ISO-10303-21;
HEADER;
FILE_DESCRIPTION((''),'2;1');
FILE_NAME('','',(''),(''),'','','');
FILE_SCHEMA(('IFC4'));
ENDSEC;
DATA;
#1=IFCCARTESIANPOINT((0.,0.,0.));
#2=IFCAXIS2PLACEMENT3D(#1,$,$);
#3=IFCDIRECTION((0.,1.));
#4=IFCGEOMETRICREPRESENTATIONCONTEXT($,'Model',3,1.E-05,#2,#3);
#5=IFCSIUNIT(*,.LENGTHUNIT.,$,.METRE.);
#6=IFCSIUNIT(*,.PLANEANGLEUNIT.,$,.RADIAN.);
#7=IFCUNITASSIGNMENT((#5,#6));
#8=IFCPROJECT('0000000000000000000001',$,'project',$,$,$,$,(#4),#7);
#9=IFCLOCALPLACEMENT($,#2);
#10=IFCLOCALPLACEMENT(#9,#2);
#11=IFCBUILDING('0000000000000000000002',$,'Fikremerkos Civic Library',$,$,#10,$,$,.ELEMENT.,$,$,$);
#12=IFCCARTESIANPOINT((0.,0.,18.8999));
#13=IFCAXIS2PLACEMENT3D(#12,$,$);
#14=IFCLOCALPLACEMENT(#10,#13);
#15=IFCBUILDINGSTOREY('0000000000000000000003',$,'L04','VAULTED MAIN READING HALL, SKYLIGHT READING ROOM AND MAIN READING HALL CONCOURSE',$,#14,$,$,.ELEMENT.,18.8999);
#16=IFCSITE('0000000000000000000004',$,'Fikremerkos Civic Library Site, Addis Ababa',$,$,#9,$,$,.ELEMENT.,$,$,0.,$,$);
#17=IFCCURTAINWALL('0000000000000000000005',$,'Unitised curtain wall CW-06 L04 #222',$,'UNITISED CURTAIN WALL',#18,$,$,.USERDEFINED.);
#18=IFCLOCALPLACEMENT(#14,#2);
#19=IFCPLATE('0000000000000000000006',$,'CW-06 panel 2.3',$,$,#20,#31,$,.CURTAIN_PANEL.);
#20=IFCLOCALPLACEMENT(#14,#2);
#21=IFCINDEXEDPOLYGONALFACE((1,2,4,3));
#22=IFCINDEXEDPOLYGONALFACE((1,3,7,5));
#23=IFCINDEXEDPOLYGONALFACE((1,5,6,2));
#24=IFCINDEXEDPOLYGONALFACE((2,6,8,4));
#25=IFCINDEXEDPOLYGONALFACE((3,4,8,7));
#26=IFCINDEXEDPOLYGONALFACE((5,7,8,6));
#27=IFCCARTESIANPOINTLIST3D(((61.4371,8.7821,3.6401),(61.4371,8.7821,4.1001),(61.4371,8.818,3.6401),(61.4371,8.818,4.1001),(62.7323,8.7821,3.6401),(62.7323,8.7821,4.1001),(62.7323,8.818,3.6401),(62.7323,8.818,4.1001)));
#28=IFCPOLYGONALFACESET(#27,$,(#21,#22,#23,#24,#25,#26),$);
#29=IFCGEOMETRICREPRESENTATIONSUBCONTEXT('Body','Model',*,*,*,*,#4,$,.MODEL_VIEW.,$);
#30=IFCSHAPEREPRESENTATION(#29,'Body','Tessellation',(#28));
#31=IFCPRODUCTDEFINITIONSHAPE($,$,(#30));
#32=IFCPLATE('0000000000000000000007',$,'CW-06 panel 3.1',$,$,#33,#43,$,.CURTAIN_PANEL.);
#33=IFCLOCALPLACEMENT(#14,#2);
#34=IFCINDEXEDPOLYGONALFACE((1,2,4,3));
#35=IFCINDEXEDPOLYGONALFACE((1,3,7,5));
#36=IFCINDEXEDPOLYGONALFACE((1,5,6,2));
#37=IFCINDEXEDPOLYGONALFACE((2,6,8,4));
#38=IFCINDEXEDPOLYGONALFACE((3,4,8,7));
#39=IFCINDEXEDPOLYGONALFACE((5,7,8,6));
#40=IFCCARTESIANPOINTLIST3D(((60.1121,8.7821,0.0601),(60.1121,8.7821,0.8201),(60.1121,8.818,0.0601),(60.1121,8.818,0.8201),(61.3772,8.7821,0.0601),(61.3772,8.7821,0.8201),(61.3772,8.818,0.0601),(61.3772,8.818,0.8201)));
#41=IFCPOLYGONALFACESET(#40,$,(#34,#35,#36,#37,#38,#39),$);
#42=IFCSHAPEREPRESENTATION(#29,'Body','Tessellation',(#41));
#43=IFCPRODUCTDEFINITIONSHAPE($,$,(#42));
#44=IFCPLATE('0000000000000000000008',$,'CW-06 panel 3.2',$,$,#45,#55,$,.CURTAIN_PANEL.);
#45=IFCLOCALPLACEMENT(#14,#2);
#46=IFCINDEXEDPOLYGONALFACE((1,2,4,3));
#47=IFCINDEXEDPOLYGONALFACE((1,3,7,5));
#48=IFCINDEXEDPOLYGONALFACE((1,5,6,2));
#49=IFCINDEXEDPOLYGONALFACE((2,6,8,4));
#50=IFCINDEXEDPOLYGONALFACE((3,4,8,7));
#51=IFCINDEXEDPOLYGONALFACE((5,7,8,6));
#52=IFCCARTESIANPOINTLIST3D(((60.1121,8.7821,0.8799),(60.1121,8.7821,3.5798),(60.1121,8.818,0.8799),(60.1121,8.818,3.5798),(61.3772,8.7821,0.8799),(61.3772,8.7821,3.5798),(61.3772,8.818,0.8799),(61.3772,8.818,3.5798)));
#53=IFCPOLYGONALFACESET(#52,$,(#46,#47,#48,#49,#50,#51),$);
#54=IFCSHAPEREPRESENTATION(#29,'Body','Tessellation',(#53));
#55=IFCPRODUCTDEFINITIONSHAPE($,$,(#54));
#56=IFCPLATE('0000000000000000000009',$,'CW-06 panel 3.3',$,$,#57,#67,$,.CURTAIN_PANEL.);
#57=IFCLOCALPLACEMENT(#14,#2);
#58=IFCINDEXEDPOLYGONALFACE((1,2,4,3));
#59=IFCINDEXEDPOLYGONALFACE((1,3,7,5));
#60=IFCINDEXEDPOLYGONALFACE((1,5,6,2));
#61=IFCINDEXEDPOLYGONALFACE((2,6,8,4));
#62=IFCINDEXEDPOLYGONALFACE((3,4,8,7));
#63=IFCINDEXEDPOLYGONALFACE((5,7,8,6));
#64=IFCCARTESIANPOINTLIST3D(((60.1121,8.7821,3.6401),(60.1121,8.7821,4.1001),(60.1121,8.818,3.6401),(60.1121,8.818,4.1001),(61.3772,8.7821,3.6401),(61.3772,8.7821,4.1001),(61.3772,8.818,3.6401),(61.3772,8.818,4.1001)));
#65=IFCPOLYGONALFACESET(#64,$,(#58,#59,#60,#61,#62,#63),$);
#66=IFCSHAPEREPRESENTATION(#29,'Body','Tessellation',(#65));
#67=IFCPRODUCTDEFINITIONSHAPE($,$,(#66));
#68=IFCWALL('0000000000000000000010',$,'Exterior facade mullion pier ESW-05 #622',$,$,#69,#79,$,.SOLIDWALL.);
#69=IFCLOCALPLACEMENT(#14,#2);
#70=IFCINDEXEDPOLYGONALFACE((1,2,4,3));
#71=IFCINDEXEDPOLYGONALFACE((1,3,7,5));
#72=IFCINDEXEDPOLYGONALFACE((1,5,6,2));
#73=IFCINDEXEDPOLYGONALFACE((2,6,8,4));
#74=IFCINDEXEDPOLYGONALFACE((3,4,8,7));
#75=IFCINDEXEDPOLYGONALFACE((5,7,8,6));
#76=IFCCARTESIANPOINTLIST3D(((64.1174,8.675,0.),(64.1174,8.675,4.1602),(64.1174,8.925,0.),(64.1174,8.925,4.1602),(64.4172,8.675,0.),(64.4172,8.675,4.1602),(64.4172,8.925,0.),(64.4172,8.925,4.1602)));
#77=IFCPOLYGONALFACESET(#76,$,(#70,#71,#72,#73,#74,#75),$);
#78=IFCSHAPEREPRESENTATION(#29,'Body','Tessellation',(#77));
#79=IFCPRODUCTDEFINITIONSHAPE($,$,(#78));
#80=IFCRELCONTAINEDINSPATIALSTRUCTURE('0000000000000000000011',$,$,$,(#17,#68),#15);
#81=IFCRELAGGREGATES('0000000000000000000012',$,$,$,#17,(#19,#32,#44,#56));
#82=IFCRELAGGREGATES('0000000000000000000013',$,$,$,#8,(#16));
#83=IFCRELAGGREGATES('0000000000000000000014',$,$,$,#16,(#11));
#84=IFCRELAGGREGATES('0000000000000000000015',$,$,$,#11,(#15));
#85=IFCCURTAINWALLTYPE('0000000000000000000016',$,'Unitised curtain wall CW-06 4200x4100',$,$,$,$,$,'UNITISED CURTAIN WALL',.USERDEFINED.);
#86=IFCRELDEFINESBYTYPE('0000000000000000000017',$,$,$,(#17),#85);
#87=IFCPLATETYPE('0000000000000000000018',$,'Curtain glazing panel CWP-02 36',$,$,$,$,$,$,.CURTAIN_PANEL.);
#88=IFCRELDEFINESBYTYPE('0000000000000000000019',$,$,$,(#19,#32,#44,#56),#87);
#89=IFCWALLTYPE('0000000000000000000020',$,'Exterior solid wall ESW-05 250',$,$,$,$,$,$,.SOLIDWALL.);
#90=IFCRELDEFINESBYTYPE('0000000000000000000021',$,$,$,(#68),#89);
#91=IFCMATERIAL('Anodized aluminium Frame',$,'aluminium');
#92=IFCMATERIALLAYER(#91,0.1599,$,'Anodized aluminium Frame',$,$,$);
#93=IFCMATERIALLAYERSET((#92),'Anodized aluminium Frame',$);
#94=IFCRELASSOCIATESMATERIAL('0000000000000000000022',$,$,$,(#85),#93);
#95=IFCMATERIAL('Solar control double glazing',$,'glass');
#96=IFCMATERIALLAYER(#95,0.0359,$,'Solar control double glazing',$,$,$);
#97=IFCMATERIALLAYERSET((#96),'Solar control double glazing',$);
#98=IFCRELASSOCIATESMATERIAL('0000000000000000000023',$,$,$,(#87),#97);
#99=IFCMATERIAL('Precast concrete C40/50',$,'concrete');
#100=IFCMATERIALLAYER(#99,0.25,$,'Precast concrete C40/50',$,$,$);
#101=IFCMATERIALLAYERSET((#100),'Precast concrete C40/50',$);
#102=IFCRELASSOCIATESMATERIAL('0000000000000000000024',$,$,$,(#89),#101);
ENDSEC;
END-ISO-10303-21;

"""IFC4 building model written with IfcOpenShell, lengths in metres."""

from ifc_helpers import new_model, si_unit, direction, frame, frame_2d, origin, origin_2d, place, context, subcontext, project, spatial, rectangle, extrude, material, layer, layer_set, type_object, element, aggregate, save


model = new_model("IFC4")

# Units and contexts
model_context = context("Model", 3, precision=1e-05, world=origin(), true_north=direction((0.0, 1.0)))
body_context = subcontext(model_context, "Body", "Model", "MODEL_VIEW")
ifc_project = project(units=[si_unit("LENGTHUNIT", "METRE"), si_unit("PLANEANGLEUNIT", "RADIAN")], contexts=[model_context])

# Site, building, storey
site_placement = place(None, origin())
site = spatial("IfcSite", under=ifc_project, at=site_placement, Name="Fikremerkos Civic Library Site, Addis Ababa", CompositionType="ELEMENT", RefElevation=0.0)
building_placement = place(site_placement, origin())
building = spatial("IfcBuilding", under=site, at=building_placement, Name="Fikremerkos Civic Library", CompositionType="ELEMENT")
storey_placement = place(building_placement, frame((0.0, 0.0, 18.8999)))
storey = spatial("IfcBuildingStorey", under=building, at=storey_placement, Name="L04", Description="VAULTED MAIN READING HALL, SKYLIGHT READING ROOM AND MAIN READING HALL CONCOURSE", CompositionType="ELEMENT", Elevation=18.8999)

# Curtain wall
ifc_material_1 = material(Name="Anodized aluminium Frame", Category="aluminium")
ifc_layer_1 = layer(ifc_material_1, 0.1599, Name="Anodized aluminium Frame")
ifc_layer_set_1 = layer_set([ifc_layer_1], Name="Anodized aluminium Frame")
curtain_wall_type_1 = type_object("IfcCurtainWallType", Name="Unitised curtain wall CW-06 4200x4100", ElementType="UNITISED CURTAIN WALL", PredefinedType="USERDEFINED", material=ifc_layer_set_1)
curtain_wall_1_placement = place(storey_placement, origin())
curtain_wall_1 = element("IfcCurtainWall", 1, at=curtain_wall_1_placement, inside=storey, type_object=curtain_wall_type_1, Name="Unitised curtain wall CW-06 L04 #222", ObjectType="UNITISED CURTAIN WALL", PredefinedType="USERDEFINED")

# Plates
ifc_material_2 = material(Name="Solar control double glazing", Category="glass")
ifc_layer_2 = layer(ifc_material_2, 0.0359, Name="Solar control double glazing")
ifc_layer_set_2 = layer_set([ifc_layer_2], Name="Solar control double glazing")
plate_type_1 = type_object("IfcPlateType", Name="Curtain glazing panel CWP-02 36", PredefinedType="CURTAIN_PANEL", material=ifc_layer_set_2)
plate_1_placement = place(storey_placement, frame((62.0847, 8.8, 3.6401), z_axis=(0.0, 0.0, 1.0), x_axis=(-1.0, 0.0, 0.0)))
plate_1 = element("IfcPlate", 2, at=plate_1_placement, type_object=plate_type_1, Name="CW-06 panel 2.3", PredefinedType="CURTAIN_PANEL", context=body_context, shape_type="SweptSolid", body=[
    extrude(rectangle(XDim=1.2952, YDim=0.0359, at=origin_2d()), origin(), (0.0, 0.0, 1.0), 0.46),
])
plate_2_placement = place(storey_placement, frame((60.7446, 8.8, 0.0601), z_axis=(0.0, 0.0, 1.0), x_axis=(-1.0, 0.0, 0.0)))
plate_2 = element("IfcPlate", 3, at=plate_2_placement, type_object=plate_type_1, Name="CW-06 panel 3.1", PredefinedType="CURTAIN_PANEL", context=body_context, shape_type="SweptSolid", body=[
    extrude(rectangle(XDim=1.2651, YDim=0.0359, at=origin_2d()), origin(), (0.0, 0.0, 1.0), 0.76),
])
plate_3_placement = place(storey_placement, frame((60.7446, 8.8, 0.8799), z_axis=(0.0, 0.0, 1.0), x_axis=(-1.0, 0.0, 0.0)))
plate_3 = element("IfcPlate", 4, at=plate_3_placement, type_object=plate_type_1, Name="CW-06 panel 3.2", PredefinedType="CURTAIN_PANEL", context=body_context, shape_type="SweptSolid", body=[
    extrude(rectangle(XDim=1.2651, YDim=0.0359, at=origin_2d()), origin(), (0.0, 0.0, 1.0), 2.7),
])
plate_4_placement = place(storey_placement, frame((60.7446, 8.8, 3.6401), z_axis=(0.0, 0.0, 1.0), x_axis=(-1.0, 0.0, 0.0)))
plate_4 = element("IfcPlate", 5, at=plate_4_placement, type_object=plate_type_1, Name="CW-06 panel 3.3", PredefinedType="CURTAIN_PANEL", context=body_context, shape_type="SweptSolid", body=[
    extrude(rectangle(XDim=1.2651, YDim=0.0359, at=origin_2d()), origin(), (0.0, 0.0, 1.0), 0.46),
])
aggregate(curtain_wall_1, [plate_1, plate_2, plate_3, plate_4])

# Wall
ifc_material_3 = material(Name="Precast concrete C40/50", Category="concrete")
ifc_layer_3 = layer(ifc_material_3, 0.25, Name="Precast concrete C40/50")
ifc_layer_set_3 = layer_set([ifc_layer_3], Name="Precast concrete C40/50")
wall_type = type_object("IfcWallType", Name="Exterior solid wall ESW-05 250", PredefinedType="SOLIDWALL", material=ifc_layer_set_3)
wall_placement = place(storey_placement, frame((64.4172, 8.8, 0.0), z_axis=(0.0, 0.0, 1.0), x_axis=(-1.0, 0.0, 0.0)))
element("IfcWall", 6, at=wall_placement, inside=storey, type_object=wall_type, Name="Exterior facade mullion pier ESW-05 #622", PredefinedType="SOLIDWALL", context=body_context, shape_type="SweptSolid", body=[
    extrude(rectangle(XDim=0.2998, YDim=0.25, at=frame_2d((0.1499, 0.0))), origin(), (0.0, 0.0, 1.0), 4.1602),
])

save(model, "model.ifc")
